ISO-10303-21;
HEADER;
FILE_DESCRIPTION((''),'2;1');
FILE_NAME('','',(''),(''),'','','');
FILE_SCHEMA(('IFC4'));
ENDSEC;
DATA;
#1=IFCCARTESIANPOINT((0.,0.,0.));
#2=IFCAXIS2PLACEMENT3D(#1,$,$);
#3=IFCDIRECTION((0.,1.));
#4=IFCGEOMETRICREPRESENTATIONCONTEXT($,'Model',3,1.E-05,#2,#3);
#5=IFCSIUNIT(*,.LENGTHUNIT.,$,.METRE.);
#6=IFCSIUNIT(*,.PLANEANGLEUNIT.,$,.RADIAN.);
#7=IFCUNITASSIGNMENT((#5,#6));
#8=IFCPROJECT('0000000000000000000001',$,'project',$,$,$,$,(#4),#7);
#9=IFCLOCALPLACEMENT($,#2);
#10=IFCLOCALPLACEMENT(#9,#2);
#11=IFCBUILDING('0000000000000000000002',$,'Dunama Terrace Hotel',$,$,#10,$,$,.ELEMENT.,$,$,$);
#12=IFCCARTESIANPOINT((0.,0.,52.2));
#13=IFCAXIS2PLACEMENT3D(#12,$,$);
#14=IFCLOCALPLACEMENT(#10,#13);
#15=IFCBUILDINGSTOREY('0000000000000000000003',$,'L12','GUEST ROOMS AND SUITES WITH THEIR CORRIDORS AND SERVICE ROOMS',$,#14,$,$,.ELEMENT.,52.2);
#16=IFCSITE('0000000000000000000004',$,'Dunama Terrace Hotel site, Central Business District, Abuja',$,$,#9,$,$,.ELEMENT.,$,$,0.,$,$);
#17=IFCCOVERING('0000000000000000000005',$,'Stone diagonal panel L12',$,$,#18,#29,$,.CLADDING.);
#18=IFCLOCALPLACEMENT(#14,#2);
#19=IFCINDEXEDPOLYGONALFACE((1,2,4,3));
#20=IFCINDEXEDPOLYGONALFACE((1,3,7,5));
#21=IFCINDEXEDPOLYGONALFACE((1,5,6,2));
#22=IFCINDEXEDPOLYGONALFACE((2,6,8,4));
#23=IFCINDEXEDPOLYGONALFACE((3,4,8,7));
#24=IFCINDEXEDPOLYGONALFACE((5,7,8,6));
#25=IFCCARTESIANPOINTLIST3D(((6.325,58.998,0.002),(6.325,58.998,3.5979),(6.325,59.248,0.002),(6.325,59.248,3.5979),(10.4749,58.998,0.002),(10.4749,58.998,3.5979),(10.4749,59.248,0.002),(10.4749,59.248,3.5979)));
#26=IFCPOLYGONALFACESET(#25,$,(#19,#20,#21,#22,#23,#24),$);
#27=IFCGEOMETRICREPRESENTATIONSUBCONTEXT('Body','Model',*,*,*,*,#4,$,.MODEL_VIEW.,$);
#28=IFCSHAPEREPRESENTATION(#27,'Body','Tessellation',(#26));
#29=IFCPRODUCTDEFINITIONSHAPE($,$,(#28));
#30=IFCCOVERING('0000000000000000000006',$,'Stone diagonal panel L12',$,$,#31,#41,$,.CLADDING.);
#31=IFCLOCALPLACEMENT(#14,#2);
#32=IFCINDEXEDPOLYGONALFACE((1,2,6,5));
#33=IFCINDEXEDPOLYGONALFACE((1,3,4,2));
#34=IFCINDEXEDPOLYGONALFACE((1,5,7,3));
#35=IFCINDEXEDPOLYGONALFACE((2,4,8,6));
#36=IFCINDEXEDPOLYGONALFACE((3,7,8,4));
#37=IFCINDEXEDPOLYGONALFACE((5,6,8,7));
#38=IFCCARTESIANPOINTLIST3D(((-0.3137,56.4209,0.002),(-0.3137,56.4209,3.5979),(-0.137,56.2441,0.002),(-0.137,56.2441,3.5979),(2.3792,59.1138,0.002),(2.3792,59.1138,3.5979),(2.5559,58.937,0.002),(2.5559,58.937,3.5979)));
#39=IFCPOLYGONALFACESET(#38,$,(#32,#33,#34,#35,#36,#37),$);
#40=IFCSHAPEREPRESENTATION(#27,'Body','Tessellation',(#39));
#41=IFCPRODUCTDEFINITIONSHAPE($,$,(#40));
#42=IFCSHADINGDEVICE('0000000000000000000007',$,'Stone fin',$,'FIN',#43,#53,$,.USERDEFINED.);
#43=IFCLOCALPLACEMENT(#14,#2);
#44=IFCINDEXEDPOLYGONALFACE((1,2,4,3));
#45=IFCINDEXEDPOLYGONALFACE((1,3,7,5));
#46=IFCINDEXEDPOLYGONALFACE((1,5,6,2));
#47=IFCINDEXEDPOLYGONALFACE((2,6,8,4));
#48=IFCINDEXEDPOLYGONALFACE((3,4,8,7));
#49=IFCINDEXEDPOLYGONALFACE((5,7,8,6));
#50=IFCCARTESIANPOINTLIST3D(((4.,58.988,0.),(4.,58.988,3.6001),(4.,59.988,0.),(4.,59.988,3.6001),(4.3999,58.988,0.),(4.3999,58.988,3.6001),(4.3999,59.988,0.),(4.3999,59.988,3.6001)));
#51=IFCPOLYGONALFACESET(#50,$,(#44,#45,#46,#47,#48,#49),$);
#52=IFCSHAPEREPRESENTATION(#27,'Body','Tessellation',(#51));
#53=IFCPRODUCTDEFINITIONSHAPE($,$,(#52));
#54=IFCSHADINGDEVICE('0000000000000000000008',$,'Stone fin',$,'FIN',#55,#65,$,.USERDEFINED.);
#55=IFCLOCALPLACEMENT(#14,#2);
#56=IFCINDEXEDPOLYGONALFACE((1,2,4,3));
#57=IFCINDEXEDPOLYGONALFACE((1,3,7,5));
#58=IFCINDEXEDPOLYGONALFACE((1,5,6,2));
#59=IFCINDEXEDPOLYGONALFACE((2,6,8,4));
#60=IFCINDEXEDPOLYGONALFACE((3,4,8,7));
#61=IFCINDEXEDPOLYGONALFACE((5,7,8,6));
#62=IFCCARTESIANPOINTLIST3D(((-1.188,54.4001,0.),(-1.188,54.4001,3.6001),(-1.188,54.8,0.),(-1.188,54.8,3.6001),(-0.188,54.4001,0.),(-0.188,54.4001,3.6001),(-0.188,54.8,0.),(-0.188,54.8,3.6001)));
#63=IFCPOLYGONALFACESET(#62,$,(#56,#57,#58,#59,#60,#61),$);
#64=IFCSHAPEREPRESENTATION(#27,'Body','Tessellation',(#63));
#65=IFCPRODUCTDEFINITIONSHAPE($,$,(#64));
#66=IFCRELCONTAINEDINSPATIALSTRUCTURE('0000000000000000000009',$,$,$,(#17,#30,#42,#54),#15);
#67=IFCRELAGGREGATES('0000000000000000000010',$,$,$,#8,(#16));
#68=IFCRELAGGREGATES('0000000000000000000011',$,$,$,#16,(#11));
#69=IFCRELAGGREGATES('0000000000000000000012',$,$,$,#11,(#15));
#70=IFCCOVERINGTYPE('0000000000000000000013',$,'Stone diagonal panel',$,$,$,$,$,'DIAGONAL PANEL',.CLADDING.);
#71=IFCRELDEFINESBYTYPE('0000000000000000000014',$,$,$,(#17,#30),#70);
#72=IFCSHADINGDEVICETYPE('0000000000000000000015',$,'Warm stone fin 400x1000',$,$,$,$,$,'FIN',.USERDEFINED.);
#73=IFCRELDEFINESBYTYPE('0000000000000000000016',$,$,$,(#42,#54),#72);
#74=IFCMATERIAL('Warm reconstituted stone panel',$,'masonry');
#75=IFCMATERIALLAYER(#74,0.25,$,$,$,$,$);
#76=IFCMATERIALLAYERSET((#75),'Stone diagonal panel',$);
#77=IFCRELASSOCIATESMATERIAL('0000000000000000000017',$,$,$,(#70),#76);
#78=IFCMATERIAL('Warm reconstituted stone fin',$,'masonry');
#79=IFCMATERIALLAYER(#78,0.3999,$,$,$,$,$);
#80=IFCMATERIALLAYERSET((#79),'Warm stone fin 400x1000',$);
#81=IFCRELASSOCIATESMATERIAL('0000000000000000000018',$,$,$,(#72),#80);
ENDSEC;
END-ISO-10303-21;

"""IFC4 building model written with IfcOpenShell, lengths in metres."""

from ifc_helpers import new_model, si_unit, direction, frame, origin, origin_2d, place, context, subcontext, project, spatial, rectangle, extrude, material, layer, layer_set, type_object, element, save


model = new_model("IFC4")

# Units and contexts
model_context = context("Model", 3, precision=1e-05, world=origin(), true_north=direction((0.0, 1.0)))
body_context = subcontext(model_context, "Body", "Model", "MODEL_VIEW")
ifc_project = project(units=[si_unit("LENGTHUNIT", "METRE"), si_unit("PLANEANGLEUNIT", "RADIAN")], contexts=[model_context])

# Site, building, storey
site_placement = place(None, origin())
site = spatial("IfcSite", under=ifc_project, at=site_placement, Name="Dunama Terrace Hotel site, Central Business District, Abuja", CompositionType="ELEMENT", RefElevation=0.0)
building_placement = place(site_placement, origin())
building = spatial("IfcBuilding", under=site, at=building_placement, Name="Dunama Terrace Hotel", CompositionType="ELEMENT")
storey_placement = place(building_placement, frame((0.0, 0.0, 52.2)))
storey = spatial("IfcBuildingStorey", under=building, at=storey_placement, Name="L12", Description="GUEST ROOMS AND SUITES WITH THEIR CORRIDORS AND SERVICE ROOMS", CompositionType="ELEMENT", Elevation=52.2)

# Coverings
ifc_material_1 = material(Name="Warm reconstituted stone panel", Category="masonry")
ifc_layer_1 = layer(ifc_material_1, 0.25)
ifc_layer_set_1 = layer_set([ifc_layer_1], Name="Stone diagonal panel")
covering_type = type_object("IfcCoveringType", Name="Stone diagonal panel", ElementType="DIAGONAL PANEL", PredefinedType="CLADDING", material=ifc_layer_set_1)
covering_1_placement = place(storey_placement, frame((8.3999, 59.123, 0.002), z_axis=(0.0, 0.0, 1.0), x_axis=(-1.0, 0.0, 0.0)))
element("IfcCovering", 1, at=covering_1_placement, inside=storey, type_object=covering_type, Name="Stone diagonal panel L12", PredefinedType="CLADDING", context=body_context, shape_type="SweptSolid", body=[
    extrude(rectangle(XDim=4.1499, YDim=0.25, at=origin_2d()), origin(), (0.0, 0.0, 1.0), 3.5959),
])
covering_2_placement = place(storey_placement, frame((1.1211, 57.679, 0.002), z_axis=(0.0, 0.0, 1.0), x_axis=(-0.707107, -0.707107, 0.0)))
element("IfcCovering", 2, at=covering_2_placement, inside=storey, type_object=covering_type, Name="Stone diagonal panel L12", PredefinedType="CLADDING", context=body_context, shape_type="SweptSolid", body=[
    extrude(rectangle(XDim=3.8083, YDim=0.25, at=origin_2d()), origin(), (0.0, 0.0, 1.0), 3.5959),
])

# Shading devices
ifc_material_2 = material(Name="Warm reconstituted stone fin", Category="masonry")
ifc_layer_2 = layer(ifc_material_2, 0.3999)
ifc_layer_set_2 = layer_set([ifc_layer_2], Name="Warm stone fin 400x1000")
shading_device_type = type_object("IfcShadingDeviceType", Name="Warm stone fin 400x1000", ElementType="FIN", PredefinedType="USERDEFINED", material=ifc_layer_set_2)
for number, where, z_axis, x_axis, name in (
    (3, (4.2, 59.488, 0.0), (0.0, 0.0, 1.0), (-1.0, 0.0, 0.0), "Stone fin"),
    (4, (-0.688, 54.6001, 0.0), (0.0, 0.0, 1.0), (0.0, -1.0, 0.0), "Stone fin"),
):
    element("IfcShadingDevice", number, at=place(storey_placement, frame(where, z_axis=z_axis, x_axis=x_axis)), inside=storey, type_object=shading_device_type, Name=name, ObjectType="FIN", PredefinedType="USERDEFINED", context=body_context, shape_type="SweptSolid", body=[
        extrude(rectangle(XDim=0.3999, YDim=1.0, at=origin_2d()), origin(), (0.0, 0.0, 1.0), 3.6001),
    ])

save(model, "model.ifc")
